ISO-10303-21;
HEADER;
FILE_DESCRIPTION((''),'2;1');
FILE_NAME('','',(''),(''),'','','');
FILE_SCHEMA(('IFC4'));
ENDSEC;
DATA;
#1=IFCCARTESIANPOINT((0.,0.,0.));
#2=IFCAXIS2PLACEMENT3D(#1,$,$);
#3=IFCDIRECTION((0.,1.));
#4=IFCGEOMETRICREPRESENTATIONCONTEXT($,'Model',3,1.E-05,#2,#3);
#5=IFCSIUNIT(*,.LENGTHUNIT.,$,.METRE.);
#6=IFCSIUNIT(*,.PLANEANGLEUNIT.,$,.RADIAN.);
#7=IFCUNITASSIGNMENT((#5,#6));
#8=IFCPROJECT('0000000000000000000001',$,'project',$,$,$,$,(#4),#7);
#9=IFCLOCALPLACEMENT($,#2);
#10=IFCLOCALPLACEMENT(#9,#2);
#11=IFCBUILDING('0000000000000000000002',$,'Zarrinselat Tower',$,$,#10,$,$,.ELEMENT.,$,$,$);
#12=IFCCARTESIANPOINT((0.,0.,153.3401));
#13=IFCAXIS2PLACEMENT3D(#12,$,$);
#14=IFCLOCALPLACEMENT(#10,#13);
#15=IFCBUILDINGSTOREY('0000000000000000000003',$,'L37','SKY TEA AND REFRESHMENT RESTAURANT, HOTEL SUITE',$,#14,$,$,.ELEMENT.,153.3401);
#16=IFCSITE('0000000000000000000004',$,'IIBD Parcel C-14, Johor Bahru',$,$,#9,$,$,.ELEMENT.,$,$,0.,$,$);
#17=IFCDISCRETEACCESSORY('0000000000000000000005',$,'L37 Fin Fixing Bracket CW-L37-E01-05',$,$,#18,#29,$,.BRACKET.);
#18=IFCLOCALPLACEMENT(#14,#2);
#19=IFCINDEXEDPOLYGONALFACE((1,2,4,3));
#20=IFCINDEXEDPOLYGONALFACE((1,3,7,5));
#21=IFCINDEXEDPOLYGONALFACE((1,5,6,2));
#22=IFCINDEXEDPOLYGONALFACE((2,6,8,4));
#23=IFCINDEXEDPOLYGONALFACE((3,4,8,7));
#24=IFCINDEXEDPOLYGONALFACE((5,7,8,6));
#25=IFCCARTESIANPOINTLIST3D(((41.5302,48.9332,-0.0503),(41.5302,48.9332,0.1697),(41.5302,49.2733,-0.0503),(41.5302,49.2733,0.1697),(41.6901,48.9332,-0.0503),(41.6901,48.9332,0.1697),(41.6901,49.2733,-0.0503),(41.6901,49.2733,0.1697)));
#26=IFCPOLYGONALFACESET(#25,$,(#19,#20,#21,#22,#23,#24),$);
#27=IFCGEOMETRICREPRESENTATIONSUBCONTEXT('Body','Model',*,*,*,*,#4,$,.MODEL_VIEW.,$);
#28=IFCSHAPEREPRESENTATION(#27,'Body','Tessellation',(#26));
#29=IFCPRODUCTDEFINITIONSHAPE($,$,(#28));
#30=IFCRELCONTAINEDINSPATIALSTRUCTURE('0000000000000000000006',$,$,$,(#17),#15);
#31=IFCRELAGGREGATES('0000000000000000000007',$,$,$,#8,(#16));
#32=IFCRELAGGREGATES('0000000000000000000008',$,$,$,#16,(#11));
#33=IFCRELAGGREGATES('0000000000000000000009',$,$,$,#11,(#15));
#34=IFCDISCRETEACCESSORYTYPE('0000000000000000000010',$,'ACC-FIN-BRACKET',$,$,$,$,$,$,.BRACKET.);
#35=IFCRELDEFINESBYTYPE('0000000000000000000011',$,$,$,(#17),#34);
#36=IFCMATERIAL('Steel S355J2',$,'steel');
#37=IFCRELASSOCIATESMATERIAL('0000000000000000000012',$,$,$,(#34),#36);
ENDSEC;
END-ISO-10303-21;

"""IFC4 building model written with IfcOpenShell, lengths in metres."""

from ifc_helpers import new_model, si_unit, direction, frame, origin, origin_2d, place, context, subcontext, project, spatial, rectangle, extrude, material, type_object, element, save


model = new_model("IFC4")

# Units and contexts
model_context = context("Model", 3, precision=1e-05, world=origin(), true_north=direction((0.0, 1.0)))
body_context = subcontext(model_context, "Body", "Model", "MODEL_VIEW")
ifc_project = project(units=[si_unit("LENGTHUNIT", "METRE"), si_unit("PLANEANGLEUNIT", "RADIAN")], contexts=[model_context])

# Site, building, storey
site_placement = place(None, origin())
site = spatial("IfcSite", under=ifc_project, at=site_placement, Name="IIBD Parcel C-14, Johor Bahru", CompositionType="ELEMENT", RefElevation=0.0)
building_placement = place(site_placement, origin())
building = spatial("IfcBuilding", under=site, at=building_placement, Name="Zarrinselat Tower", CompositionType="ELEMENT")
storey_placement = place(building_placement, frame((0.0, 0.0, 153.3401)))
storey = spatial("IfcBuildingStorey", under=building, at=storey_placement, Name="L37", Description="SKY TEA AND REFRESHMENT RESTAURANT, HOTEL SUITE", CompositionType="ELEMENT", Elevation=153.3401)

# Discrete accessory
ifc_material_1 = material(Name="Steel S355J2", Category="steel")
discrete_accessory_type = type_object("IfcDiscreteAccessoryType", Name="ACC-FIN-BRACKET", PredefinedType="BRACKET", material=ifc_material_1)
discrete_accessory_placement = place(storey_placement, frame((41.6101, 49.1033, -0.0503), z_axis=(0.0, 0.0, 1.0), x_axis=(0.0, 1.0, 0.0)))
element("IfcDiscreteAccessory", 1, at=discrete_accessory_placement, inside=storey, type_object=discrete_accessory_type, Name="L37 Fin Fixing Bracket CW-L37-E01-05", PredefinedType="BRACKET", context=body_context, shape_type="SweptSolid", body=[
    extrude(rectangle(XDim=0.3401, YDim=0.1599, at=origin_2d()), origin(), (0.0, 0.0, 1.0), 0.22),
])

save(model, "model.ifc")
